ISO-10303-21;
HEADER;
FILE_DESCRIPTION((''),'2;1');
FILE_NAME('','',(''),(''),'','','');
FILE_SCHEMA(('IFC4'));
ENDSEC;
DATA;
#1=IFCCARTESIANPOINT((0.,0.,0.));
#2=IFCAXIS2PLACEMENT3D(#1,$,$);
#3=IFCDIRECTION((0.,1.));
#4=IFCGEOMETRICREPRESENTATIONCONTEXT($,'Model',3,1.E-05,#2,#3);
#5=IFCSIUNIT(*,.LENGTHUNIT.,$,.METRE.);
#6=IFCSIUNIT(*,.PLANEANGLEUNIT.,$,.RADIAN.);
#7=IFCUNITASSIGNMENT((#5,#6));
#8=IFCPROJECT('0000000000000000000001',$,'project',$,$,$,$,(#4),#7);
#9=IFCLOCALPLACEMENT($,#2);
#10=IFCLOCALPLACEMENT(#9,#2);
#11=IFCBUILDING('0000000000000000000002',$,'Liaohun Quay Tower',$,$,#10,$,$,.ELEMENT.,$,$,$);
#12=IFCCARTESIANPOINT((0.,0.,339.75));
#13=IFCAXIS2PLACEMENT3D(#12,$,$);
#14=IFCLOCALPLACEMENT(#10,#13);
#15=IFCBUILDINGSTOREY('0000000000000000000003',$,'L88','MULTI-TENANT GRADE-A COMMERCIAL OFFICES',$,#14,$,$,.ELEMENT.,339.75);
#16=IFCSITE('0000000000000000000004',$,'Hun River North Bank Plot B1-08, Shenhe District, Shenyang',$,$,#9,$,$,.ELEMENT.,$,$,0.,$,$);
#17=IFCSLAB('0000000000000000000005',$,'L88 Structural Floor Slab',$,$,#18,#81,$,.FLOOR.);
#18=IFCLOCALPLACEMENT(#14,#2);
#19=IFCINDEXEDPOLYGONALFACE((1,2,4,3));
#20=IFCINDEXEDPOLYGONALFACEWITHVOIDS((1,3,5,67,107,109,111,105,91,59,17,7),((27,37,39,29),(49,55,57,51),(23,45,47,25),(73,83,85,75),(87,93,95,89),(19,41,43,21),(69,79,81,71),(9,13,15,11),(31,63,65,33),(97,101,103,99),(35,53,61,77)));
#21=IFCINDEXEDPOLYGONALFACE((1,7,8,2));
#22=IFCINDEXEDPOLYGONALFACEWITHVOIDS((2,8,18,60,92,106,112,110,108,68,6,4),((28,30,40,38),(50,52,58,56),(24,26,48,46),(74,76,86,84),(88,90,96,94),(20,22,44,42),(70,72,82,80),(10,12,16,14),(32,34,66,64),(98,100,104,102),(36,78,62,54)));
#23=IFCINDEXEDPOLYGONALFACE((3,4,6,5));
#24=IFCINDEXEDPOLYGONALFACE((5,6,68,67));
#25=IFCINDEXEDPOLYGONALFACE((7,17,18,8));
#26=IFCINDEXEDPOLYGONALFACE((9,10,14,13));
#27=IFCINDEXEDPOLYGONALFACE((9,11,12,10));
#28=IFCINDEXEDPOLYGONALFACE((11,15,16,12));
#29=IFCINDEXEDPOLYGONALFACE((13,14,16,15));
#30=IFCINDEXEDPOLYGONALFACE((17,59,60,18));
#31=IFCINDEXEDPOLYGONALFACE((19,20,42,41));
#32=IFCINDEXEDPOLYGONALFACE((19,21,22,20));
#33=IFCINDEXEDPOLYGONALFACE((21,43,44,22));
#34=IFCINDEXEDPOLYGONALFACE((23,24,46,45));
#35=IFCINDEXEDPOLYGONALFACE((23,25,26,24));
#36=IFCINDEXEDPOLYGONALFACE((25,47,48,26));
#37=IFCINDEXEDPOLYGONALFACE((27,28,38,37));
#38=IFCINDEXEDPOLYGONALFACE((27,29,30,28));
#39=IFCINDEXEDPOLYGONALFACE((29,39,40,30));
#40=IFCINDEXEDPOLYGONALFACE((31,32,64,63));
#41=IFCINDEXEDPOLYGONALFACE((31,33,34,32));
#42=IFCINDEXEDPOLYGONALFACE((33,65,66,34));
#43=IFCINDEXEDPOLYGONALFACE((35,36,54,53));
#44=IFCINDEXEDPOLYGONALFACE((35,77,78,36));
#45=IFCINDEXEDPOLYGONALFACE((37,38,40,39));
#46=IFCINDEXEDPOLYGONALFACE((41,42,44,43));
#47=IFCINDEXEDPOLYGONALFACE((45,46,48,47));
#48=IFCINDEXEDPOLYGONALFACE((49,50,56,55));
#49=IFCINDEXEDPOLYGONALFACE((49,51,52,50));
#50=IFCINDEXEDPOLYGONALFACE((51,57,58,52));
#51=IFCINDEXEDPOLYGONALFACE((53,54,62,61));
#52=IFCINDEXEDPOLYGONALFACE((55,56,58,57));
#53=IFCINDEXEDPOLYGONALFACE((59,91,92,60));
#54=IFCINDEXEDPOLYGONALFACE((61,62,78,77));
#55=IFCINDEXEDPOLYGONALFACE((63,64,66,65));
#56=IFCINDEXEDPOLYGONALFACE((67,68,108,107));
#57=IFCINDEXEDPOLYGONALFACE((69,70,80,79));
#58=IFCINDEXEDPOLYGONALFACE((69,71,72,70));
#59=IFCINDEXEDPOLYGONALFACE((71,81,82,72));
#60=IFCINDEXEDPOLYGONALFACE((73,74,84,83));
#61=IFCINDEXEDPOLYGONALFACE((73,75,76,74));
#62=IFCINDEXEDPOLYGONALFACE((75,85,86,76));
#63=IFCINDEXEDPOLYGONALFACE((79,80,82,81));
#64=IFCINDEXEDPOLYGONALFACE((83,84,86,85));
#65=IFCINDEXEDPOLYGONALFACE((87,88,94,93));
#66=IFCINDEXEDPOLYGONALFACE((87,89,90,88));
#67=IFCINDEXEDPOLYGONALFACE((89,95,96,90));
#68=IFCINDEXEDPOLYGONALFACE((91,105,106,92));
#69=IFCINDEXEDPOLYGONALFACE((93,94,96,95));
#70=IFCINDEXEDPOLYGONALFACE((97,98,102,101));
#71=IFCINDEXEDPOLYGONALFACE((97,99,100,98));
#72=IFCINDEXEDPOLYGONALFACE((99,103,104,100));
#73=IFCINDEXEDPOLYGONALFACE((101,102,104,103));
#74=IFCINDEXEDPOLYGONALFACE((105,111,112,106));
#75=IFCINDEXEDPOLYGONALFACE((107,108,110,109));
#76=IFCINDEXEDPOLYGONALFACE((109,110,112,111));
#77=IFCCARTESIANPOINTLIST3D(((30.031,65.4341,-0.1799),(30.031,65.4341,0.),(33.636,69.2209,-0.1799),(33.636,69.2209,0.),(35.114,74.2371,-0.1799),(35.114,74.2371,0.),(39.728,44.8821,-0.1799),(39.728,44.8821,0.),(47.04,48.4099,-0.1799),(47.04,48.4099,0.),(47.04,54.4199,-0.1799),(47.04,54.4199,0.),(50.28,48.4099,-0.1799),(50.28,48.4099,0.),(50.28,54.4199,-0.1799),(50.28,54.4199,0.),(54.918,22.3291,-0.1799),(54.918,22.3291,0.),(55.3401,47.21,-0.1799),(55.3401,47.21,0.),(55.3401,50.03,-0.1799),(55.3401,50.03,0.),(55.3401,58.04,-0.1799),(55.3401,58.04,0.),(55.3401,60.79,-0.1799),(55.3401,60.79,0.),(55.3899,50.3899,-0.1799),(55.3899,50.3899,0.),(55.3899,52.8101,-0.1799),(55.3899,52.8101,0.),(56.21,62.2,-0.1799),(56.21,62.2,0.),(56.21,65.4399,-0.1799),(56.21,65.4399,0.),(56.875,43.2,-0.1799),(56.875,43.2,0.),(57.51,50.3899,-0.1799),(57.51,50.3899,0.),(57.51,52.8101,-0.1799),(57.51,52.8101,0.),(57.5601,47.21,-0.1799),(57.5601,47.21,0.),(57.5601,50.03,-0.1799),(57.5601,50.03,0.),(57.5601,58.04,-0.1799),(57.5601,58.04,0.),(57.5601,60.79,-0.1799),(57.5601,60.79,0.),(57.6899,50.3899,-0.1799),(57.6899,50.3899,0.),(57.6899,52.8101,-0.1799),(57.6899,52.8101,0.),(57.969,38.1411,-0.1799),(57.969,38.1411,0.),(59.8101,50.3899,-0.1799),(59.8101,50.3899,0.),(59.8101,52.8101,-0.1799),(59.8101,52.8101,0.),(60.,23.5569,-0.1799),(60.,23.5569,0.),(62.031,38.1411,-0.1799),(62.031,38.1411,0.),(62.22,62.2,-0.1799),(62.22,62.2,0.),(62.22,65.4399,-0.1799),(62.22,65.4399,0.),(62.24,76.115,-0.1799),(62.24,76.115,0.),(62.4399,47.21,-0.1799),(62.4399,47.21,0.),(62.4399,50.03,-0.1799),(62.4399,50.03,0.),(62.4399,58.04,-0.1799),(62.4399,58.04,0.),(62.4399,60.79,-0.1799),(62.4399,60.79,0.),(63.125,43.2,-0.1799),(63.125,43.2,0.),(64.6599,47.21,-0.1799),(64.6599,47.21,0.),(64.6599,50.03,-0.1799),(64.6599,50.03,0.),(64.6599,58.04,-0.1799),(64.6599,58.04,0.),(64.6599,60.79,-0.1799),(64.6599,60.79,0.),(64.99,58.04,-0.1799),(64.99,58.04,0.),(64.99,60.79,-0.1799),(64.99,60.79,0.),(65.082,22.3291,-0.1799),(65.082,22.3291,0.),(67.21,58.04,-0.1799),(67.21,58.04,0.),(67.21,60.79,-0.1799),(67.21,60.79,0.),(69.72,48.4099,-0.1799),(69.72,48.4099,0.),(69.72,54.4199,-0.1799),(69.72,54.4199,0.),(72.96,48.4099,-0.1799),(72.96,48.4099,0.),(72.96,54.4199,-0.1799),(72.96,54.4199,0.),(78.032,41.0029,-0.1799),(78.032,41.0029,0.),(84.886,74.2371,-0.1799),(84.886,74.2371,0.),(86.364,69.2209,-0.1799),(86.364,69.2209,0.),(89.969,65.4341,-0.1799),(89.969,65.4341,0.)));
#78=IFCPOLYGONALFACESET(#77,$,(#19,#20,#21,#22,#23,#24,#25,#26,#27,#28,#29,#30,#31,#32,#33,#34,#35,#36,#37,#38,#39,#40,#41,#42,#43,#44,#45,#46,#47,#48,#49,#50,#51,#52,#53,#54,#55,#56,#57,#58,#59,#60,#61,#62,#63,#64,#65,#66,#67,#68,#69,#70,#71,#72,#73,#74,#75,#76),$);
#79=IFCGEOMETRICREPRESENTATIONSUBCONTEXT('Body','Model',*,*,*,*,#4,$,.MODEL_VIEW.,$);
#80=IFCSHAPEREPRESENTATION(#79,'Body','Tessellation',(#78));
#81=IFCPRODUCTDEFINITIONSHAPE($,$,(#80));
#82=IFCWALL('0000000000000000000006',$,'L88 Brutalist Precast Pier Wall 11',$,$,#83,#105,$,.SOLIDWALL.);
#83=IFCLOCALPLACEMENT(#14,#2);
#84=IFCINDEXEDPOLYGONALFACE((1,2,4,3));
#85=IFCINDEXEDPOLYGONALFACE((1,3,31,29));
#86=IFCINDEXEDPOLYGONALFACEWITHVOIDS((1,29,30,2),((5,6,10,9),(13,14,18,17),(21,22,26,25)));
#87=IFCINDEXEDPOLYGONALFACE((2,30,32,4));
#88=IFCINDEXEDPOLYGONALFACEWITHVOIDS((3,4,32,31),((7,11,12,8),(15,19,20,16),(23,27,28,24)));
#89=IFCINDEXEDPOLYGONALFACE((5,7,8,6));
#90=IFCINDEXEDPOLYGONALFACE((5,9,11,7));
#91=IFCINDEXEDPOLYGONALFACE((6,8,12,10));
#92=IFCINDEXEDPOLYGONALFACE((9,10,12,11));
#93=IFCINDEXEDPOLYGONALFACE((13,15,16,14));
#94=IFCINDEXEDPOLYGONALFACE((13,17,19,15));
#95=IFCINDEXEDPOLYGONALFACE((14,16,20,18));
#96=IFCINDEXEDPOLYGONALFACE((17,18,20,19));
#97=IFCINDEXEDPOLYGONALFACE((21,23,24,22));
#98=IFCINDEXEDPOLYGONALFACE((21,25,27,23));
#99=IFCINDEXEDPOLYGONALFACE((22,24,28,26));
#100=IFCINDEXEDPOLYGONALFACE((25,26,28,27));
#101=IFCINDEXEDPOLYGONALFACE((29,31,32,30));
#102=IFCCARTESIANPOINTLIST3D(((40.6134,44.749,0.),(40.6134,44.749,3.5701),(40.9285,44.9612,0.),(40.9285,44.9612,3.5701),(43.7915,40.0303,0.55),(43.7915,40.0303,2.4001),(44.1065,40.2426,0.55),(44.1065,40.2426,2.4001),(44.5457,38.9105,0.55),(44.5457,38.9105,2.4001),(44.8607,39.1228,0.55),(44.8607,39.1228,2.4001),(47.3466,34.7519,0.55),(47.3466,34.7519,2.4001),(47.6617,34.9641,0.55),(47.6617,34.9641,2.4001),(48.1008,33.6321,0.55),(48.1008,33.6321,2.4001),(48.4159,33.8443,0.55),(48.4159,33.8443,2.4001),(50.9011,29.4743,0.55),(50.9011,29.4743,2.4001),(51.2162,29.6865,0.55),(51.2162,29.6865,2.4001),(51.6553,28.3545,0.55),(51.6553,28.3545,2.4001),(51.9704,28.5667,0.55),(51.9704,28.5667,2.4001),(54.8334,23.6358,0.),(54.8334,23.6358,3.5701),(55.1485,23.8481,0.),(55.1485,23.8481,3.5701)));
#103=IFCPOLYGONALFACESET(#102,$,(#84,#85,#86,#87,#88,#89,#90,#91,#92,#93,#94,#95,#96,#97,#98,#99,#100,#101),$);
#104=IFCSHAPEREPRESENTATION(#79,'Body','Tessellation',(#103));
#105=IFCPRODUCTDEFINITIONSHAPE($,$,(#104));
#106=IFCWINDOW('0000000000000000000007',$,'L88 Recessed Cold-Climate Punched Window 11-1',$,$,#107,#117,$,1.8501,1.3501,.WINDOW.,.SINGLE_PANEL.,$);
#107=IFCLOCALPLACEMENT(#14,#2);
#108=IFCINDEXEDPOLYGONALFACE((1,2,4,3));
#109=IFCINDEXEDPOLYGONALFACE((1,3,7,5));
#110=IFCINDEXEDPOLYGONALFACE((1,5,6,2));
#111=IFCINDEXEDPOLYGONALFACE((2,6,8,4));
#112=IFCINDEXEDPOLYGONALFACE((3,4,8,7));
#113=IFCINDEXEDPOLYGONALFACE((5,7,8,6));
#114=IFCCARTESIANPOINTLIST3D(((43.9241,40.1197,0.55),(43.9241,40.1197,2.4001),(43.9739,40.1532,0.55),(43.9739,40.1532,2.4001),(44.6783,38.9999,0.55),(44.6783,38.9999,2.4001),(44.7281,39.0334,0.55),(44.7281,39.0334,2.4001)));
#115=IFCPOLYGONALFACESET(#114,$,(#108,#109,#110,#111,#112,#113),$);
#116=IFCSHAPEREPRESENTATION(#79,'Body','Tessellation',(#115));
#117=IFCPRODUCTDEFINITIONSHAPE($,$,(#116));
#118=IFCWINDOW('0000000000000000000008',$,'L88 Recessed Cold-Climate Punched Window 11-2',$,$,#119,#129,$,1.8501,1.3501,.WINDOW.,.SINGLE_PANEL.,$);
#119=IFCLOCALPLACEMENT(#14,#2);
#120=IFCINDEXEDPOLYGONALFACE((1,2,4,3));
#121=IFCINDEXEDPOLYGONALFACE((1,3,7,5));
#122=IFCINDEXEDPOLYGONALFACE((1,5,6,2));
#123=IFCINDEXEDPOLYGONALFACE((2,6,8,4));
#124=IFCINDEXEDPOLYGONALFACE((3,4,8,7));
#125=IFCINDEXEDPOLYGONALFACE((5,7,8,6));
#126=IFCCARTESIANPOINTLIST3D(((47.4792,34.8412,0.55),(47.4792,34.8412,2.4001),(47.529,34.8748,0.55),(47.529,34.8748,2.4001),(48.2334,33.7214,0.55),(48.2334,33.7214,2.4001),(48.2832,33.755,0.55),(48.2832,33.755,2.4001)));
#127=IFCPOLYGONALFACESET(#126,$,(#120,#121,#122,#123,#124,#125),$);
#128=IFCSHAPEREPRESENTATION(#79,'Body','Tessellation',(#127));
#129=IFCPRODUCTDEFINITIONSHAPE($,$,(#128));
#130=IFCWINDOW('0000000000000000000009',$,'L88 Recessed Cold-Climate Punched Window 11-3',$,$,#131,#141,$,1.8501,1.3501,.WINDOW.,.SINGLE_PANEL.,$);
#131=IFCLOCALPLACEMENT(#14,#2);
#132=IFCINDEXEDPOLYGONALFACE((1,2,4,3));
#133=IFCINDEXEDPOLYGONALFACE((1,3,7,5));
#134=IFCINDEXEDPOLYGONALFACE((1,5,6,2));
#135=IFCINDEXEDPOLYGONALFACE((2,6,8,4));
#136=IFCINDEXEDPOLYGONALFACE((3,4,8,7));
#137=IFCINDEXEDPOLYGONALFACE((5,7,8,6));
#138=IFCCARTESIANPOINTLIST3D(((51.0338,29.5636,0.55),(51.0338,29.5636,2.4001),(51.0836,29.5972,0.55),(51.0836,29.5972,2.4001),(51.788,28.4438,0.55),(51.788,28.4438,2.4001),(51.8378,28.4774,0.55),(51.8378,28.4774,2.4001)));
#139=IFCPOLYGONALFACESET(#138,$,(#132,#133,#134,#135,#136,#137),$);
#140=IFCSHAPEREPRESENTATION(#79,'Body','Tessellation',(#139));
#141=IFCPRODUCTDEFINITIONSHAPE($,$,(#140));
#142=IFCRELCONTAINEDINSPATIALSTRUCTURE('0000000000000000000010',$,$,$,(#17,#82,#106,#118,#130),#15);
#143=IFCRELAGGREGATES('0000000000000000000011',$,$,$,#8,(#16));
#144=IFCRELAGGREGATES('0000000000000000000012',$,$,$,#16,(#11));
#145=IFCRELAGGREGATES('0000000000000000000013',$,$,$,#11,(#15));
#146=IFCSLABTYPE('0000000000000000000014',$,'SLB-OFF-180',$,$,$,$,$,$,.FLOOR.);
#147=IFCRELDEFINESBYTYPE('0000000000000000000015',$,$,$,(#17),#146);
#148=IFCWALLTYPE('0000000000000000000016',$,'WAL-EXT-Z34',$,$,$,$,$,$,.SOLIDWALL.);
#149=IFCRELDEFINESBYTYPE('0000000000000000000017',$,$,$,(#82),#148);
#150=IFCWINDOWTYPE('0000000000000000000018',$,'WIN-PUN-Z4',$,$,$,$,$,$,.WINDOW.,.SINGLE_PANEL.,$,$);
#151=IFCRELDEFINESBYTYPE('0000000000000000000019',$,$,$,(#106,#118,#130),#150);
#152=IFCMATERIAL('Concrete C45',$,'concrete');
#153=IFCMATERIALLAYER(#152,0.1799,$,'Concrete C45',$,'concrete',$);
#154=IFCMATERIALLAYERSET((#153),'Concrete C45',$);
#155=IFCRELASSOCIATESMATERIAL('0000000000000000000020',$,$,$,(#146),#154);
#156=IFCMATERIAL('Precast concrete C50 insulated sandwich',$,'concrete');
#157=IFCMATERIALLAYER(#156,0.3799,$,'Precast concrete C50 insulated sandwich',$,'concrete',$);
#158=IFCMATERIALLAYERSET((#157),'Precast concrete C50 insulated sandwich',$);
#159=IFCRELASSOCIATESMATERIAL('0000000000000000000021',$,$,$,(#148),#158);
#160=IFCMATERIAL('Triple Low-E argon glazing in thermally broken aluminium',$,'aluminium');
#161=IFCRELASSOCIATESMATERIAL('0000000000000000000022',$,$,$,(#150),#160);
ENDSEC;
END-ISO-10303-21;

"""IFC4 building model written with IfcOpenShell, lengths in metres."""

from ifc_helpers import new_model, si_unit, direction, frame, frame_2d, origin, place, context, subcontext, project, spatial, polyline, rectangle, outline, extrude, source, transform, mapped, material, layer, layer_set, type_object, element, fill, save


model = new_model("IFC4")

# Units and contexts
model_context = context("Model", 3, precision=1e-05, world=origin(), true_north=direction((0.0, 1.0)))
body_context = subcontext(model_context, "Body", "Model", "MODEL_VIEW")
ifc_project = project(units=[si_unit("LENGTHUNIT", "METRE"), si_unit("PLANEANGLEUNIT", "RADIAN")], contexts=[model_context])

# Site, building, storey
site_placement = place(None, origin())
site = spatial("IfcSite", under=ifc_project, at=site_placement, Name="Hun River North Bank Plot B1-08, Shenhe District, Shenyang", CompositionType="ELEMENT", RefElevation=0.0)
building_placement = place(site_placement, origin())
building = spatial("IfcBuilding", under=site, at=building_placement, Name="Liaohun Quay Tower", CompositionType="ELEMENT")
storey_placement = place(building_placement, frame((0.0, 0.0, 339.75)))
storey = spatial("IfcBuildingStorey", under=building, at=storey_placement, Name="L88", Description="MULTI-TENANT GRADE-A COMMERCIAL OFFICES", CompositionType="ELEMENT", Elevation=339.75)

# Shared definitions
ifc_material_1 = material(Name="Concrete C45", Category="concrete")

# Slab
ifc_layer_1 = layer(ifc_material_1, 0.1799, Name="Concrete C45", Category="concrete")
ifc_layer_set_1 = layer_set([ifc_layer_1], Name="Concrete C45")
slab_type_1 = type_object("IfcSlabType", Name="SLB-OFF-180", PredefinedType="FLOOR", material=ifc_layer_set_1)
slab_1_placement = place(storey_placement, frame((0.0, 0.0, -0.1799)))
element("IfcSlab", 1, at=slab_1_placement, inside=storey, type_object=slab_type_1, Name="L88 Structural Floor Slab", PredefinedType="FLOOR", context=body_context, shape_type="SweptSolid", body=[
    extrude(outline(polyline([(54.918, 22.3291), (60.0, 23.5569), (65.082, 22.3291), (78.032, 41.0029), (89.969, 65.4341), (86.364, 69.2209), (84.886, 74.2371), (62.24, 76.115), (35.114, 74.2371), (33.636, 69.2209), (30.031, 65.4341), (39.728, 44.8821), (54.918, 22.3291)]), holes=[polyline([(57.5601, 50.03), (55.3401, 50.03), (55.3401, 47.21), (57.5601, 47.21), (57.5601, 50.03)]), polyline([(47.04, 54.4199), (47.04, 48.4099), (50.28, 48.4099), (50.28, 54.4199), (47.04, 54.4199)]), polyline([(57.51, 52.8101), (55.3899, 52.8101), (55.3899, 50.3899), (57.51, 50.3899), (57.51, 52.8101)]), polyline([(59.8101, 50.3899), (59.8101, 52.8101), (57.6899, 52.8101), (57.6899, 50.3899), (59.8101, 50.3899)]), polyline([(57.5601, 58.04), (57.5601, 60.79), (55.3401, 60.79), (55.3401, 58.04), (57.5601, 58.04)]), polyline([(62.22, 65.4399), (56.21, 65.4399), (56.21, 62.2), (62.22, 62.2), (62.22, 65.4399)]), polyline([(62.031, 38.1411), (63.125, 43.2), (56.875, 43.2), (57.969, 38.1411), (62.031, 38.1411)]), polyline([(64.6599, 47.21), (64.6599, 50.03), (62.4399, 50.03), (62.4399, 47.21), (64.6599, 47.21)]), polyline([(69.72, 54.4199), (69.72, 48.4099), (72.96, 48.4099), (72.96, 54.4199), (69.72, 54.4199)]), polyline([(64.6599, 58.04), (64.6599, 60.79), (62.4399, 60.79), (62.4399, 58.04), (64.6599, 58.04)]), polyline([(67.21, 58.04), (67.21, 60.79), (64.99, 60.79), (64.99, 58.04), (67.21, 58.04)])]), origin(), (0.0, 0.0, 1.0), 0.1799),
])

# Wall, openings, windows
ifc_material_2 = material(Name="Precast concrete C50 insulated sandwich", Category="concrete")
ifc_layer_2 = layer(ifc_material_2, 0.3799, Name="Precast concrete C50 insulated sandwich", Category="concrete")
ifc_layer_set_2 = layer_set([ifc_layer_2], Name="Precast concrete C50 insulated sandwich")
wall_type_1 = type_object("IfcWallType", Name="WAL-EXT-Z34", PredefinedType="SOLIDWALL", material=ifc_layer_set_2)
wall_1_placement = place(storey_placement, frame((40.771, 44.855, 0.0), z_axis=(0.0, 0.0, 1.0), x_axis=(0.558627, -0.829419, 0.0)))
wall_1 = element("IfcWall", 2, at=wall_1_placement, inside=storey, type_object=wall_type_1, Name="L88 Brutalist Precast Pier Wall 11", PredefinedType="SOLIDWALL", context=body_context, shape_type="SweptSolid", body=[
    extrude(rectangle(XDim=25.4553, YDim=0.3799, at=frame_2d((12.7275, 0.0))), origin(), (0.0, 0.0, 1.0), 3.5701),
])
shared_shape_1 = source(origin(), body_context, "Body", "SweptSolid", [
    extrude(rectangle(XDim=1.3501, YDim=1.8501, at=frame_2d((0.675, 0.925))), frame((0.0, 0.2, 0.0), z_axis=(0.0, -1.0, 0.0), x_axis=(1.0, 0.0, 0.0)), (0.0, 0.0, 1.0), 0.3999),
])
opening_1_placement = place(wall_1_placement, frame((5.689, 0.0, 0.55)))
opening_1 = element("IfcOpeningElement", 3, at=opening_1_placement, cuts=wall_1, PredefinedType="OPENING", context=body_context, shape_type="MappedRepresentation", body=[
    mapped(shared_shape_1, transform((0.0, 0.0, 0.0), x_axis=(1.0, 0.0, 0.0), y_axis=(0.0, 1.0, 0.0), z_axis=(0.0, 0.0, 1.0), scale=1.0)),
])
opening_2_placement = place(wall_1_placement, frame((12.053, 0.0, 0.55)))
opening_2 = element("IfcOpeningElement", 4, at=opening_2_placement, cuts=wall_1, PredefinedType="OPENING", context=body_context, shape_type="MappedRepresentation", body=[
    mapped(shared_shape_1, transform((0.0, 0.0, 0.0), x_axis=(1.0, 0.0, 0.0), y_axis=(0.0, 1.0, 0.0), z_axis=(0.0, 0.0, 1.0), scale=1.0)),
])
opening_3_placement = place(wall_1_placement, frame((18.416, 0.0, 0.55)))
opening_3 = element("IfcOpeningElement", 5, at=opening_3_placement, cuts=wall_1, PredefinedType="OPENING", context=body_context, shape_type="MappedRepresentation", body=[
    mapped(shared_shape_1, transform((0.0, 0.0, 0.0), x_axis=(1.0, 0.0, 0.0), y_axis=(0.0, 1.0, 0.0), z_axis=(0.0, 0.0, 1.0), scale=1.0)),
])
ifc_material_3 = material(Name="Triple Low-E argon glazing in thermally broken aluminium", Category="aluminium")
window_type = type_object("IfcWindowType", Name="WIN-PUN-Z4", PartitioningType="SINGLE_PANEL", PredefinedType="WINDOW", material=ifc_material_3)
shared_shape_2 = source(origin(), body_context, "Body", "SweptSolid", [
    extrude(rectangle(XDim=1.3501, YDim=1.8501, at=frame_2d((0.675, 0.925))), frame((0.0, 0.03, 0.0), z_axis=(0.0, -1.0, 0.0), x_axis=(1.0, 0.0, 0.0)), (0.0, 0.0, 1.0), 0.0601),
])
window_1_placement = place(opening_1_placement, origin())
window_1 = element("IfcWindow", 6, at=window_1_placement, inside=storey, type_object=window_type, Name="L88 Recessed Cold-Climate Punched Window 11-1", OverallHeight=1.8501, OverallWidth=1.3501, PartitioningType="SINGLE_PANEL", PredefinedType="WINDOW", context=body_context, shape_type="MappedRepresentation", body=[
    mapped(shared_shape_2, transform((0.0, 0.0, 0.0), x_axis=(1.0, 0.0, 0.0), y_axis=(0.0, 1.0, 0.0), z_axis=(0.0, 0.0, 1.0), scale=1.0)),
])
fill(opening_1, window_1)
window_2_placement = place(opening_2_placement, origin())
window_2 = element("IfcWindow", 7, at=window_2_placement, inside=storey, type_object=window_type, Name="L88 Recessed Cold-Climate Punched Window 11-2", OverallHeight=1.8501, OverallWidth=1.3501, PartitioningType="SINGLE_PANEL", PredefinedType="WINDOW", context=body_context, shape_type="MappedRepresentation", body=[
    mapped(shared_shape_2, transform((0.0, 0.0, 0.0), x_axis=(1.0, 0.0, 0.0), y_axis=(0.0, 1.0, 0.0), z_axis=(0.0, 0.0, 1.0), scale=1.0)),
])
fill(opening_2, window_2)
window_3_placement = place(opening_3_placement, origin())
window_3 = element("IfcWindow", 8, at=window_3_placement, inside=storey, type_object=window_type, Name="L88 Recessed Cold-Climate Punched Window 11-3", OverallHeight=1.8501, OverallWidth=1.3501, PartitioningType="SINGLE_PANEL", PredefinedType="WINDOW", context=body_context, shape_type="MappedRepresentation", body=[
    mapped(shared_shape_2, transform((0.0, 0.0, 0.0), x_axis=(1.0, 0.0, 0.0), y_axis=(0.0, 1.0, 0.0), z_axis=(0.0, 0.0, 1.0), scale=1.0)),
])
fill(opening_3, window_3)

save(model, "model.ifc")
